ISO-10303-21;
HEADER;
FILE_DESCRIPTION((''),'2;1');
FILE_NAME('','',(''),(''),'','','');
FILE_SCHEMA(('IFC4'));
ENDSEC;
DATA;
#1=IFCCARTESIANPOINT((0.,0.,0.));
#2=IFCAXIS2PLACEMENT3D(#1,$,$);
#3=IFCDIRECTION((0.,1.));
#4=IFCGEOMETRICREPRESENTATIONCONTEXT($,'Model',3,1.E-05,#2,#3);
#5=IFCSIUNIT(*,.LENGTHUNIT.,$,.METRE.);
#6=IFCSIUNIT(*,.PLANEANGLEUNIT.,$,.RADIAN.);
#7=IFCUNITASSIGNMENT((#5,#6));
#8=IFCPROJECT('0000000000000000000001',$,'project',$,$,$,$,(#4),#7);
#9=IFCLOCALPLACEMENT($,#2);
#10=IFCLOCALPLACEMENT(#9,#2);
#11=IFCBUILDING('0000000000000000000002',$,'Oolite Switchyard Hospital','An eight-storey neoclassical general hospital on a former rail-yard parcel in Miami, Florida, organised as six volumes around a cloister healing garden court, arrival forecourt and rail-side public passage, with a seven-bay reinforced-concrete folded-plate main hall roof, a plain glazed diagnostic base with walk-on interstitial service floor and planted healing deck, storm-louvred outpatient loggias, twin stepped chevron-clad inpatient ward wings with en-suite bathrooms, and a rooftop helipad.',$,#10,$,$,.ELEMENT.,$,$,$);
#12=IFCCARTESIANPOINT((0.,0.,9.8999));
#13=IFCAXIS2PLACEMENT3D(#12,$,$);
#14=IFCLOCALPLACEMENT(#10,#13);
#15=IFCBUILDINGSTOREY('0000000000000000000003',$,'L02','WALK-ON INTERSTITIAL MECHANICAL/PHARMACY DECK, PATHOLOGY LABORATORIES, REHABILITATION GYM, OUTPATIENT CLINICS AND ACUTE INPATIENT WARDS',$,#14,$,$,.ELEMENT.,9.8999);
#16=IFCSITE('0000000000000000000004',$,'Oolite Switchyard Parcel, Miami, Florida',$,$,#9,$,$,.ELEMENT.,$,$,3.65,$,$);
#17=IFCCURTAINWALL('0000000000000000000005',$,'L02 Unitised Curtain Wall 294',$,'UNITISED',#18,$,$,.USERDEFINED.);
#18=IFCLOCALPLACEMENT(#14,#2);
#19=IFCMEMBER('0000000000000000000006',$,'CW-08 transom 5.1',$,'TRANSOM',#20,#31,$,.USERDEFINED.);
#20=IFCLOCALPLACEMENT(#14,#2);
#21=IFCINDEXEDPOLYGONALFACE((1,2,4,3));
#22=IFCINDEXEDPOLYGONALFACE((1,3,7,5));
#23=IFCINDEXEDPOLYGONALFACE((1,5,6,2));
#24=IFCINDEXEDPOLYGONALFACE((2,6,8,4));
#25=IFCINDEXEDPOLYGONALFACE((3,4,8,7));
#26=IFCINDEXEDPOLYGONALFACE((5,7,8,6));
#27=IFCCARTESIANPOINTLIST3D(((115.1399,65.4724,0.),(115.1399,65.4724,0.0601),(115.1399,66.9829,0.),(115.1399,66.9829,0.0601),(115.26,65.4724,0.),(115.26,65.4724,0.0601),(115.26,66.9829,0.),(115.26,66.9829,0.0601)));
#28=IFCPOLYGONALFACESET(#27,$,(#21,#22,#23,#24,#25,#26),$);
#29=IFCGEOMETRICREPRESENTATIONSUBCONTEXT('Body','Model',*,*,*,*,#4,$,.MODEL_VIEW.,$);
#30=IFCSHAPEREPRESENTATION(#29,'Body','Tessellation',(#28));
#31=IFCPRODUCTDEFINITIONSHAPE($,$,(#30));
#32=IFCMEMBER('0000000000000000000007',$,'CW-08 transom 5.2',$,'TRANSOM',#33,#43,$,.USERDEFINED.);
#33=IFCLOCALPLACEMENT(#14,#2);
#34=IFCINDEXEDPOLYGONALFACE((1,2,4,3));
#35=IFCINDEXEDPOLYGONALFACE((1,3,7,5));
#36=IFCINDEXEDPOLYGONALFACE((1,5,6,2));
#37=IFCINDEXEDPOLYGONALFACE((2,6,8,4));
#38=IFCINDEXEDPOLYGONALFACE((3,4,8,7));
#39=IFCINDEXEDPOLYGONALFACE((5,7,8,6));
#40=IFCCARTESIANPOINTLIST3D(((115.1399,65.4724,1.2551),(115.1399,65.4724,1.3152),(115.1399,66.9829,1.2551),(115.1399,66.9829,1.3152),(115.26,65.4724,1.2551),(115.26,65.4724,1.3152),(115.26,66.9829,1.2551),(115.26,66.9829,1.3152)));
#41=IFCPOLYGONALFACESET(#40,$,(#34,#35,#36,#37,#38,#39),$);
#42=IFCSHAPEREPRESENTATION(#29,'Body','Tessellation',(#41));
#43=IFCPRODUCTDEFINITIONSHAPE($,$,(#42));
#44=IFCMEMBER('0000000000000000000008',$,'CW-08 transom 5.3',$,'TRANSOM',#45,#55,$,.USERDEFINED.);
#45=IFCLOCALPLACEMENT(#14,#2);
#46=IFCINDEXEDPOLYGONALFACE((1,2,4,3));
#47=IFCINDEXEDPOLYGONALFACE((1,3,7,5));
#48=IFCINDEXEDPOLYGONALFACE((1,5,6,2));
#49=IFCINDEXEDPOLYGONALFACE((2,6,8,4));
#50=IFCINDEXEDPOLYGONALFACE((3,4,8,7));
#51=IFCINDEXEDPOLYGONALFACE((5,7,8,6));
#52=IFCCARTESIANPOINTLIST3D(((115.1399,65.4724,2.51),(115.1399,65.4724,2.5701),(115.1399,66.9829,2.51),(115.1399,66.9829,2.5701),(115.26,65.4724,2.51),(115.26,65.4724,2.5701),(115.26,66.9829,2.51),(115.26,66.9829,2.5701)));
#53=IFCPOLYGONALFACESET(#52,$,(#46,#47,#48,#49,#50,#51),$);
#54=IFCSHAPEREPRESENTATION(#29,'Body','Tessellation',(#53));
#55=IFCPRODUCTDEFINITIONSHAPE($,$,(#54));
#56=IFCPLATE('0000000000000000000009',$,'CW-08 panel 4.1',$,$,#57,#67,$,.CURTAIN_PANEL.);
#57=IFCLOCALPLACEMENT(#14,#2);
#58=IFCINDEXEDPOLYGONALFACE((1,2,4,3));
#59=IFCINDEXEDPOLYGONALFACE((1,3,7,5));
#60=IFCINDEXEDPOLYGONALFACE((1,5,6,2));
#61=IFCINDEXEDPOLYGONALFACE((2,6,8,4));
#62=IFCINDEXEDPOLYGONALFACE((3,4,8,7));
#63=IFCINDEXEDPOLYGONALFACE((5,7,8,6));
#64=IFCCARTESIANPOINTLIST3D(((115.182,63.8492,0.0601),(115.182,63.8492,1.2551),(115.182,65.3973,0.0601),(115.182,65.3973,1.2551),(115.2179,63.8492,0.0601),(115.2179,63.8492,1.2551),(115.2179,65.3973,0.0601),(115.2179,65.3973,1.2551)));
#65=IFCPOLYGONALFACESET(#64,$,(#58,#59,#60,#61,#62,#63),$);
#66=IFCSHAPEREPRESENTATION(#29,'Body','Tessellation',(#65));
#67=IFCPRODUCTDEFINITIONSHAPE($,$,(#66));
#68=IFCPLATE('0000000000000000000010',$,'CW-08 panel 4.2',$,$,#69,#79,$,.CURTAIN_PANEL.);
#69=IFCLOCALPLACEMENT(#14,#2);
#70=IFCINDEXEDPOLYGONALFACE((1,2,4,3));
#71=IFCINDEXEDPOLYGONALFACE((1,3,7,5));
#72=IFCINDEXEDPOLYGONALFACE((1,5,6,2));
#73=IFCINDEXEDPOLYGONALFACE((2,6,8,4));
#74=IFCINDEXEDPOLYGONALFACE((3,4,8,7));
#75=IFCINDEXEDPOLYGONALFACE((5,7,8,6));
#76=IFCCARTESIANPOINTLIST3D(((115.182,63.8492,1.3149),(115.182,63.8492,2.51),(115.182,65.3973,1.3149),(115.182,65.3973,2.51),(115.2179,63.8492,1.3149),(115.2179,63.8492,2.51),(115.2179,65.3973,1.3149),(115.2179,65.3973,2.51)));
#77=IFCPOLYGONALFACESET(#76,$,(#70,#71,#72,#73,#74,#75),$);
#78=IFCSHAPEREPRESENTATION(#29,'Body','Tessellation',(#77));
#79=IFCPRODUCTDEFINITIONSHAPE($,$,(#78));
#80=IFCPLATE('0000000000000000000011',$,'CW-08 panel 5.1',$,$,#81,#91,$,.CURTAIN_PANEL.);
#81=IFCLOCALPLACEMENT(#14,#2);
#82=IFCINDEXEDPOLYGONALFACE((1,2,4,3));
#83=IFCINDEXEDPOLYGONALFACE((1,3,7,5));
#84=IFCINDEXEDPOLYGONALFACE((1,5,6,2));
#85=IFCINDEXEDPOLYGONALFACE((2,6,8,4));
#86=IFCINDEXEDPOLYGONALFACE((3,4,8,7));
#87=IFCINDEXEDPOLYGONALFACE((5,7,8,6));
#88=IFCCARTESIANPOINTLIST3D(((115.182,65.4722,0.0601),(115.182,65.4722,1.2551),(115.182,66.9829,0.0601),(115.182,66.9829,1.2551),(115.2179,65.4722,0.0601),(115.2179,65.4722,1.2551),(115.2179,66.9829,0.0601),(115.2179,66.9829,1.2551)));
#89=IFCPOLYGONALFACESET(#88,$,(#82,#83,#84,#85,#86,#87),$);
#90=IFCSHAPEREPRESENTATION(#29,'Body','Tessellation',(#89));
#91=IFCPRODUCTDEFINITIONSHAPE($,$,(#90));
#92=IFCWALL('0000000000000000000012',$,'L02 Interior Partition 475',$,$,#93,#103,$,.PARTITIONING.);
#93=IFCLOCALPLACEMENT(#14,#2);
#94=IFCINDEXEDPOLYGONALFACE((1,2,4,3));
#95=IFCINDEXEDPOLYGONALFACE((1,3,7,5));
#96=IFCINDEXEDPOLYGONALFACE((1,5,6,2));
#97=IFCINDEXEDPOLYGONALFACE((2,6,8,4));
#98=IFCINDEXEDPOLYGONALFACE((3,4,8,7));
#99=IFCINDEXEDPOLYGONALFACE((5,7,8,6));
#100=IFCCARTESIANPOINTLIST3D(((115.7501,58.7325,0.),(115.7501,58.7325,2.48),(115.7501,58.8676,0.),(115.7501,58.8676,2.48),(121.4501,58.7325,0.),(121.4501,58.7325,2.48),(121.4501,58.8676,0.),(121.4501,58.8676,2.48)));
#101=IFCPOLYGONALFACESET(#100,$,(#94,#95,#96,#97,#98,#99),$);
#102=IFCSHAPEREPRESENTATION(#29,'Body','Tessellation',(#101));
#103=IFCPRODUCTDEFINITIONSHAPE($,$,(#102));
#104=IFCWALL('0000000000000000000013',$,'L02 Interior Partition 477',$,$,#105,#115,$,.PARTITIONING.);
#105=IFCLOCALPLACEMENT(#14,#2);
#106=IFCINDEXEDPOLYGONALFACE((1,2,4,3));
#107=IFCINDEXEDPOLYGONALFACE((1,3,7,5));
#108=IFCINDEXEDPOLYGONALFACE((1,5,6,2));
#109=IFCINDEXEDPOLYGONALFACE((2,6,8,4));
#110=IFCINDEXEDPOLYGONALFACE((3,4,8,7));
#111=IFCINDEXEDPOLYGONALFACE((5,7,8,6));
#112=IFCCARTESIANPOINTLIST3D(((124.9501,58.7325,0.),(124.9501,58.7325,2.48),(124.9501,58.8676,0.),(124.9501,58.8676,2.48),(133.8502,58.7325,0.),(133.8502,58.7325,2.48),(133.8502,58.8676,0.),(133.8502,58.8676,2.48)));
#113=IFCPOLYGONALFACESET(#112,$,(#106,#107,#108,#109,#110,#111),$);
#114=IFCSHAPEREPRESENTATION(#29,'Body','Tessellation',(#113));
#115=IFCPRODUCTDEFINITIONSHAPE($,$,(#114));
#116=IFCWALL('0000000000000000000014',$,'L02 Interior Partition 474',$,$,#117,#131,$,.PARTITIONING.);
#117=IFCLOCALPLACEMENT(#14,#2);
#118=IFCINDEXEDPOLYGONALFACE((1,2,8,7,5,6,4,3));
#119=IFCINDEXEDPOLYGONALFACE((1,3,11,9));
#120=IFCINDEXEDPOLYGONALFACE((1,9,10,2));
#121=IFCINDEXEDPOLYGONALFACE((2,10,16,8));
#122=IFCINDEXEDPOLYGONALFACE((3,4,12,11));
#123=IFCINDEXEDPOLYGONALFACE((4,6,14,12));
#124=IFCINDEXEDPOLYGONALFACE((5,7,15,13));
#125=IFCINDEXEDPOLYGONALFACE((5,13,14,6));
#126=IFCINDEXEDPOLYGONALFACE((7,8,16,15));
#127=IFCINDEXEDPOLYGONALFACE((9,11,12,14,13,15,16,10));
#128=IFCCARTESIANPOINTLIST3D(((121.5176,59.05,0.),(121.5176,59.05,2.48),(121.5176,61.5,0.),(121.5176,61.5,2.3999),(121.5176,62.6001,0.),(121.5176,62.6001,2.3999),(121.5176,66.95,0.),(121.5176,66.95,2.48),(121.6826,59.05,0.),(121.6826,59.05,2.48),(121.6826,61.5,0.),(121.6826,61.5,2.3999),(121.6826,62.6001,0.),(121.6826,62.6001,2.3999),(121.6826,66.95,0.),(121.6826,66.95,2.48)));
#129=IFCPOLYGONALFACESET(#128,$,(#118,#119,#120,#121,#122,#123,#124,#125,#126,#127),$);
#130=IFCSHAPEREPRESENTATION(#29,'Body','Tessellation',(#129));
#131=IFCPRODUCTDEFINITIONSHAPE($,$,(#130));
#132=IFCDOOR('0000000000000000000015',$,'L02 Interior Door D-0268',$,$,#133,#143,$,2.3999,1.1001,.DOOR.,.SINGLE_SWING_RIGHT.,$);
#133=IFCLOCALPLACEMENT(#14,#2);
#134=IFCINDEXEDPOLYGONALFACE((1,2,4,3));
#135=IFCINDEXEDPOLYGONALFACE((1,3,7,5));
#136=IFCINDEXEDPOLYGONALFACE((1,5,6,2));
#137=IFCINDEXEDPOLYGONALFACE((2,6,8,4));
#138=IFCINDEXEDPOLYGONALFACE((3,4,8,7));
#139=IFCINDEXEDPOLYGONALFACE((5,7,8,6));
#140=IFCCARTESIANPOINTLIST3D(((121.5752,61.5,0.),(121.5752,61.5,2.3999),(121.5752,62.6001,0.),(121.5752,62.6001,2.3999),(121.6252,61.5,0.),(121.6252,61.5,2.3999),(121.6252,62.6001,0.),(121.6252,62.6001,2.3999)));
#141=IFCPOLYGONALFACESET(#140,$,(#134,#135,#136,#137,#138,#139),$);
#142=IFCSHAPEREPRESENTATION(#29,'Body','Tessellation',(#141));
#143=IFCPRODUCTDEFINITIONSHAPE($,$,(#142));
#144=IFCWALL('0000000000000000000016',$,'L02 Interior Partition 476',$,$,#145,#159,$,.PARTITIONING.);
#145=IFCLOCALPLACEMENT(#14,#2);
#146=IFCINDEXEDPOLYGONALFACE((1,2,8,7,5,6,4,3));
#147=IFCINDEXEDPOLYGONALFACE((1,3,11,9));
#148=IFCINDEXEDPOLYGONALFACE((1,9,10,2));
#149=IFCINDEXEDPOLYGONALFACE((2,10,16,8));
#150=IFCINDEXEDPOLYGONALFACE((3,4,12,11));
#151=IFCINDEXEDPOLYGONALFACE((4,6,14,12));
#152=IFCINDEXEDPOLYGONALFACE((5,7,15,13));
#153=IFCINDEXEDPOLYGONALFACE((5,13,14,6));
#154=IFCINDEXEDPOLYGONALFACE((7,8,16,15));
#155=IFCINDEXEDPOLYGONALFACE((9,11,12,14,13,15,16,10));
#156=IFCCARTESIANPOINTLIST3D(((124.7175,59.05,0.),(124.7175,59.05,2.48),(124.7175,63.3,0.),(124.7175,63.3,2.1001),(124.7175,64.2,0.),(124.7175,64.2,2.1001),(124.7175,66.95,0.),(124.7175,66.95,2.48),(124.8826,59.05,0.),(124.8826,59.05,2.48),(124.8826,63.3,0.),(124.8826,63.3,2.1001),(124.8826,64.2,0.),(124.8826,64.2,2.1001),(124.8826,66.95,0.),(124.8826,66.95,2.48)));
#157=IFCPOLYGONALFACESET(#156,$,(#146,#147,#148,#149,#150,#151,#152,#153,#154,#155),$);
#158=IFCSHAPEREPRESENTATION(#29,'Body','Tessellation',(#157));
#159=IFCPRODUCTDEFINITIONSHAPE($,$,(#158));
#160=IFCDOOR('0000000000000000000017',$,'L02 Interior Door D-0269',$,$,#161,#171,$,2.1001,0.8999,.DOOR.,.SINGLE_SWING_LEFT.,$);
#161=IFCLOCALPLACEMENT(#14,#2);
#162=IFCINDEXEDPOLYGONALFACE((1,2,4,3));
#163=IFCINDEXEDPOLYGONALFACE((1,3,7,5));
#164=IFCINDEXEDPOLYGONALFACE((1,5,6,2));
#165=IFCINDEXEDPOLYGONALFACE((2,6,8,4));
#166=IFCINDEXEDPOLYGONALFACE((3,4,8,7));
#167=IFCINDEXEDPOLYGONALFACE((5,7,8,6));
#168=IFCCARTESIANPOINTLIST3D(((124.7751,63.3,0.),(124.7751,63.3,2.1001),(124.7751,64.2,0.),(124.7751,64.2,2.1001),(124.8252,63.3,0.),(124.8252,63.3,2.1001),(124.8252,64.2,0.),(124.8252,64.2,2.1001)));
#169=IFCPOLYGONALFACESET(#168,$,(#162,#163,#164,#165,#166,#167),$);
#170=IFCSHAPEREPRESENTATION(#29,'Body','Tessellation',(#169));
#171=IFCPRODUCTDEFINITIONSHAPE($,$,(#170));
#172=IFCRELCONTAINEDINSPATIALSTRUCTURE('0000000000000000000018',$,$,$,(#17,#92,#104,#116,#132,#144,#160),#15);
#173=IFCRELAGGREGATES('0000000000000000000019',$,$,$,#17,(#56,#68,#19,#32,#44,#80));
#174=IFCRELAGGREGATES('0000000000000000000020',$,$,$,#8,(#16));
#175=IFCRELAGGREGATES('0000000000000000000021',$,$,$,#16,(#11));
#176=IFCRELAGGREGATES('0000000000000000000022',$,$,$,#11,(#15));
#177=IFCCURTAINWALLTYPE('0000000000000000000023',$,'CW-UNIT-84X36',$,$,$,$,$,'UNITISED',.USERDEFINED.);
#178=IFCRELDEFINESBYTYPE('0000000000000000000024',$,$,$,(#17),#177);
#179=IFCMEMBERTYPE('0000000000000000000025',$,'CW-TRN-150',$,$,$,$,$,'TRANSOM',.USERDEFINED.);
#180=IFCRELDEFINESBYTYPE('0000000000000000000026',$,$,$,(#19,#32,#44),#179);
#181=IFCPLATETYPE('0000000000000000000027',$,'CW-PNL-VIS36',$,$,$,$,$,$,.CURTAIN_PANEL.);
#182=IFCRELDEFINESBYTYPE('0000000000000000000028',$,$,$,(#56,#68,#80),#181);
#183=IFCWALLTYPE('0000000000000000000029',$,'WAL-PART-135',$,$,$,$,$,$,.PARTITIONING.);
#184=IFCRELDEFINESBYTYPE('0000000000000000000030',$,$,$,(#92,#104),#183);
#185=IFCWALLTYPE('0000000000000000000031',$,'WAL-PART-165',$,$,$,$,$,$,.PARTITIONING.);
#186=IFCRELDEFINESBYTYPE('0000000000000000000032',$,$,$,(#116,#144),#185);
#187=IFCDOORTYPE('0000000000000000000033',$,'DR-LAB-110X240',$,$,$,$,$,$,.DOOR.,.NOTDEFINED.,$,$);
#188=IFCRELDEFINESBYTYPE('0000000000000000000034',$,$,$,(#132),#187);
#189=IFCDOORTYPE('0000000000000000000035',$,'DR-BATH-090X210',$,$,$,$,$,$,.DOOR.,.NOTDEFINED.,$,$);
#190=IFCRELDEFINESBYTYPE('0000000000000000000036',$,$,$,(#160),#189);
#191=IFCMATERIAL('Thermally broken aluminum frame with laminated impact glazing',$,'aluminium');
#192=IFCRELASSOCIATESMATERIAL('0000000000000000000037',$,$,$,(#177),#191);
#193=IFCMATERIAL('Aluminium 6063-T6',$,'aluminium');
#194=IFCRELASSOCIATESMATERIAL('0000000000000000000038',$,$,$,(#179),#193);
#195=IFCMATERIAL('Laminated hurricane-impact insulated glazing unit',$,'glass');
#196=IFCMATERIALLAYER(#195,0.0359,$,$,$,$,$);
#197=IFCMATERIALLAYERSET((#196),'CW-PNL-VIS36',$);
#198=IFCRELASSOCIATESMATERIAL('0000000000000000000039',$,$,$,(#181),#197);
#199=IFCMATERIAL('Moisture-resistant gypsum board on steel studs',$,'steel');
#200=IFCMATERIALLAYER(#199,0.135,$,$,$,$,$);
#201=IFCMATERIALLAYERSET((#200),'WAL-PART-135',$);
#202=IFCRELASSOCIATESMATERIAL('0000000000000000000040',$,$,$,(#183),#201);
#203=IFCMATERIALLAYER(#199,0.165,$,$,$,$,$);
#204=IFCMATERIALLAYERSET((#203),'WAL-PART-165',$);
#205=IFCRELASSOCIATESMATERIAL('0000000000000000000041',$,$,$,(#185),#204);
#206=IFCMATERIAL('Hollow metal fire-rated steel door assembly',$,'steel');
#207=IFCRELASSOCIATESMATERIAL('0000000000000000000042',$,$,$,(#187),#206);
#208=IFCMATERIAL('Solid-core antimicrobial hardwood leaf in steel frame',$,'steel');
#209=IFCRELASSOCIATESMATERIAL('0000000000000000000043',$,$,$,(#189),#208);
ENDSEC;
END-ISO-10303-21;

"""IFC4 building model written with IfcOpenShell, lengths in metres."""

from ifc_helpers import new_model, si_unit, direction, frame, frame_2d, origin, origin_2d, place, context, subcontext, project, spatial, rectangle, extrude, material, layer, layer_set, material_profile, profile_set, type_object, element, fill, aggregate, save


model = new_model("IFC4")

# Units and contexts
model_context = context("Model", 3, precision=1e-05, world=origin(), true_north=direction((0.0, 1.0)))
body_context = subcontext(model_context, "Body", "Model", "MODEL_VIEW")
ifc_project = project(units=[si_unit("LENGTHUNIT", "METRE"), si_unit("PLANEANGLEUNIT", "RADIAN")], contexts=[model_context])

# Site, building, storey
site_placement = place(None, origin())
site = spatial("IfcSite", under=ifc_project, at=site_placement, Name="Oolite Switchyard Parcel, Miami, Florida", CompositionType="ELEMENT", RefElevation=3.65)
building_placement = place(site_placement, origin())
building = spatial("IfcBuilding", under=site, at=building_placement, Name="Oolite Switchyard Hospital", Description="An eight-storey neoclassical general hospital on a former rail-yard parcel in Miami, Florida, organised as six volumes around a cloister healing garden court, arrival forecourt and rail-side public passage, with a seven-bay reinforced-concrete folded-plate main hall roof, a plain glazed diagnostic base with walk-on interstitial service floor and planted healing deck, storm-louvred outpatient loggias, twin stepped chevron-clad inpatient ward wings with en-suite bathrooms, and a rooftop helipad.", CompositionType="ELEMENT")
storey_placement = place(building_placement, frame((0.0, 0.0, 9.8999)))
storey = spatial("IfcBuildingStorey", under=building, at=storey_placement, Name="L02", Description="WALK-ON INTERSTITIAL MECHANICAL/PHARMACY DECK, PATHOLOGY LABORATORIES, REHABILITATION GYM, OUTPATIENT CLINICS AND ACUTE INPATIENT WARDS", CompositionType="ELEMENT", Elevation=9.8999)

# Curtain wall, members, plates
ifc_material_1 = material(Name="Thermally broken aluminum frame with laminated impact glazing", Category="aluminium")
curtain_wall_type = type_object("IfcCurtainWallType", Name="CW-UNIT-84X36", ElementType="UNITISED", PredefinedType="USERDEFINED", material=ifc_material_1)
curtain_wall_placement = place(storey_placement, origin())
curtain_wall = element("IfcCurtainWall", 1, at=curtain_wall_placement, inside=storey, type_object=curtain_wall_type, Name="L02 Unitised Curtain Wall 294", ObjectType="UNITISED", PredefinedType="USERDEFINED")
ifc_material_2 = material(Name="Aluminium 6063-T6", Category="aluminium")
ifc_material_profile_1 = material_profile(ifc_material_2, rectangle(XDim=0.1201, YDim=0.0601, at=origin_2d()), Name="CWT60X120")
ifc_profile_set_1 = profile_set([ifc_material_profile_1], Name="Aluminium 6063-T6")
member_type_1 = type_object("IfcMemberType", Name="CW-TRN-150", ElementType="TRANSOM", PredefinedType="USERDEFINED", material=ifc_profile_set_1)
member_1_placement = place(storey_placement, frame((115.2, 65.4724, 0.03), z_axis=(0.0, 1.0, 0.0), x_axis=(-1.0, 0.0, 0.0)))
member_1 = element("IfcMember", 2, at=member_1_placement, type_object=member_type_1, Name="CW-08 transom 5.1", ObjectType="TRANSOM", PredefinedType="USERDEFINED", context=body_context, shape_type="SweptSolid", body=[
    extrude(rectangle(XDim=0.1201, YDim=0.0601, at=origin_2d()), origin(), (0.0, 0.0, 1.0), 1.5105),
])
member_2_placement = place(storey_placement, frame((115.2, 65.4724, 1.2852), z_axis=(0.0, 1.0, 0.0), x_axis=(-1.0, 0.0, 0.0)))
member_2 = element("IfcMember", 3, at=member_2_placement, type_object=member_type_1, Name="CW-08 transom 5.2", ObjectType="TRANSOM", PredefinedType="USERDEFINED", context=body_context, shape_type="SweptSolid", body=[
    extrude(rectangle(XDim=0.1201, YDim=0.0601, at=origin_2d()), origin(), (0.0, 0.0, 1.0), 1.5105),
])
member_3_placement = place(storey_placement, frame((115.2, 65.4724, 2.54), z_axis=(0.0, 1.0, 0.0), x_axis=(-1.0, 0.0, 0.0)))
member_3 = element("IfcMember", 4, at=member_3_placement, type_object=member_type_1, Name="CW-08 transom 5.3", ObjectType="TRANSOM", PredefinedType="USERDEFINED", context=body_context, shape_type="SweptSolid", body=[
    extrude(rectangle(XDim=0.1201, YDim=0.0601, at=origin_2d()), origin(), (0.0, 0.0, 1.0), 1.5105),
])
ifc_material_3 = material(Name="Laminated hurricane-impact insulated glazing unit", Category="glass")
ifc_layer_1 = layer(ifc_material_3, 0.0359)
ifc_layer_set_1 = layer_set([ifc_layer_1], Name="CW-PNL-VIS36")
plate_type = type_object("IfcPlateType", Name="CW-PNL-VIS36", PredefinedType="CURTAIN_PANEL", material=ifc_layer_set_1)
plate_1_placement = place(storey_placement, frame((115.2, 64.6233, 0.0601), z_axis=(0.0, 0.0, 1.0), x_axis=(0.0, 1.0, 0.0)))
plate_1 = element("IfcPlate", 5, at=plate_1_placement, type_object=plate_type, Name="CW-08 panel 4.1", PredefinedType="CURTAIN_PANEL", context=body_context, shape_type="SweptSolid", body=[
    extrude(rectangle(XDim=1.5481, YDim=0.0359, at=origin_2d()), origin(), (0.0, 0.0, 1.0), 1.1951),
])
plate_2_placement = place(storey_placement, frame((115.2, 64.6233, 1.3149), z_axis=(0.0, 0.0, 1.0), x_axis=(0.0, 1.0, 0.0)))
plate_2 = element("IfcPlate", 6, at=plate_2_placement, type_object=plate_type, Name="CW-08 panel 4.2", PredefinedType="CURTAIN_PANEL", context=body_context, shape_type="SweptSolid", body=[
    extrude(rectangle(XDim=1.5481, YDim=0.0359, at=origin_2d()), origin(), (0.0, 0.0, 1.0), 1.1951),
])
plate_3_placement = place(storey_placement, frame((115.2, 66.2275, 0.0601), z_axis=(0.0, 0.0, 1.0), x_axis=(0.0, 1.0, 0.0)))
plate_3 = element("IfcPlate", 7, at=plate_3_placement, type_object=plate_type, Name="CW-08 panel 5.1", PredefinedType="CURTAIN_PANEL", context=body_context, shape_type="SweptSolid", body=[
    extrude(rectangle(XDim=1.5107, YDim=0.0359, at=origin_2d()), origin(), (0.0, 0.0, 1.0), 1.1951),
])
aggregate(curtain_wall, [plate_1, plate_2, member_1, member_2, member_3, plate_3])

# Walls
ifc_material_4 = material(Name="Moisture-resistant gypsum board on steel studs", Category="steel")
ifc_layer_2 = layer(ifc_material_4, 0.135)
ifc_layer_set_2 = layer_set([ifc_layer_2], Name="WAL-PART-135")
wall_type_1 = type_object("IfcWallType", Name="WAL-PART-135", PredefinedType="PARTITIONING", material=ifc_layer_set_2)
wall_1_placement = place(storey_placement, frame((115.75, 58.8, 0.0), z_axis=(0.0, 0.0, 1.0), x_axis=(1.0, 0.0, 0.0)))
element("IfcWall", 8, at=wall_1_placement, inside=storey, type_object=wall_type_1, Name="L02 Interior Partition 475", PredefinedType="PARTITIONING", context=body_context, shape_type="SweptSolid", body=[
    extrude(rectangle(XDim=5.7, YDim=0.135, at=frame_2d((2.8501, 0.0))), origin(), (0.0, 0.0, 1.0), 2.48),
])
wall_2_placement = place(storey_placement, frame((124.95, 58.8, 0.0), z_axis=(0.0, 0.0, 1.0), x_axis=(1.0, 0.0, 0.0)))
element("IfcWall", 9, at=wall_2_placement, inside=storey, type_object=wall_type_1, Name="L02 Interior Partition 477", PredefinedType="PARTITIONING", context=body_context, shape_type="SweptSolid", body=[
    extrude(rectangle(XDim=8.9001, YDim=0.135, at=frame_2d((4.4502, 0.0))), origin(), (0.0, 0.0, 1.0), 2.48),
])

# Walls, openings, doors
ifc_layer_3 = layer(ifc_material_4, 0.165)
ifc_layer_set_3 = layer_set([ifc_layer_3], Name="WAL-PART-165")
wall_type_2 = type_object("IfcWallType", Name="WAL-PART-165", PredefinedType="PARTITIONING", material=ifc_layer_set_3)
wall_3_placement = place(storey_placement, frame((121.6001, 59.05, 0.0), z_axis=(0.0, 0.0, 1.0), x_axis=(0.0, 1.0, 0.0)))
wall_3 = element("IfcWall", 10, at=wall_3_placement, inside=storey, type_object=wall_type_2, Name="L02 Interior Partition 474", PredefinedType="PARTITIONING", context=body_context, shape_type="SweptSolid", body=[
    extrude(rectangle(XDim=7.8999, YDim=0.165, at=frame_2d((3.95, 0.0))), origin(), (0.0, 0.0, 1.0), 2.48),
])
opening_1_placement = place(wall_3_placement, frame((2.45, 0.0, 0.0)))
opening_1 = element("IfcOpeningElement", 11, at=opening_1_placement, cuts=wall_3, PredefinedType="OPENING", context=body_context, shape_type="SweptSolid", body=[
    extrude(rectangle(XDim=1.1001, YDim=2.3999, at=frame_2d((0.55, 1.2))), frame((0.0, 0.0925, 0.0), z_axis=(0.0, -1.0, 0.0), x_axis=(1.0, 0.0, 0.0)), (0.0, 0.0, 1.0), 0.1851),
])
ifc_material_5 = material(Name="Hollow metal fire-rated steel door assembly", Category="steel")
door_type_1 = type_object("IfcDoorType", Name="DR-LAB-110X240", OperationType="NOTDEFINED", PredefinedType="DOOR", material=ifc_material_5)
door_1_placement = place(opening_1_placement, origin())
door_1 = element("IfcDoor", 12, at=door_1_placement, inside=storey, type_object=door_type_1, Name="L02 Interior Door D-0268", OperationType="SINGLE_SWING_RIGHT", OverallHeight=2.3999, OverallWidth=1.1001, PredefinedType="DOOR", context=body_context, shape_type="SweptSolid", body=[
    extrude(rectangle(XDim=1.1001, YDim=2.3999, at=frame_2d((0.55, 1.2))), frame((0.0, 0.0249, 0.0), z_axis=(0.0, -1.0, 0.0), x_axis=(1.0, 0.0, 0.0)), (0.0, 0.0, 1.0), 0.05),
])
fill(opening_1, door_1)
wall_4_placement = place(storey_placement, frame((124.8, 59.05, 0.0), z_axis=(0.0, 0.0, 1.0), x_axis=(0.0, 1.0, 0.0)))
wall_4 = element("IfcWall", 13, at=wall_4_placement, inside=storey, type_object=wall_type_2, Name="L02 Interior Partition 476", PredefinedType="PARTITIONING", context=body_context, shape_type="SweptSolid", body=[
    extrude(rectangle(XDim=7.8999, YDim=0.165, at=frame_2d((3.95, 0.0))), origin(), (0.0, 0.0, 1.0), 2.48),
])
opening_2_placement = place(wall_4_placement, frame((4.25, 0.0, 0.0)))
opening_2 = element("IfcOpeningElement", 14, at=opening_2_placement, cuts=wall_4, PredefinedType="OPENING", context=body_context, shape_type="SweptSolid", body=[
    extrude(rectangle(XDim=0.8999, YDim=2.1001, at=frame_2d((0.45, 1.05))), frame((0.0, 0.0925, 0.0), z_axis=(0.0, -1.0, 0.0), x_axis=(1.0, 0.0, 0.0)), (0.0, 0.0, 1.0), 0.1851),
])
ifc_material_6 = material(Name="Solid-core antimicrobial hardwood leaf in steel frame", Category="steel")
door_type_2 = type_object("IfcDoorType", Name="DR-BATH-090X210", OperationType="NOTDEFINED", PredefinedType="DOOR", material=ifc_material_6)
door_2_placement = place(opening_2_placement, origin())
door_2 = element("IfcDoor", 15, at=door_2_placement, inside=storey, type_object=door_type_2, Name="L02 Interior Door D-0269", OperationType="SINGLE_SWING_LEFT", OverallHeight=2.1001, OverallWidth=0.8999, PredefinedType="DOOR", context=body_context, shape_type="SweptSolid", body=[
    extrude(rectangle(XDim=0.8999, YDim=2.1001, at=frame_2d((0.45, 1.05))), frame((0.0, 0.0249, 0.0), z_axis=(0.0, -1.0, 0.0), x_axis=(1.0, 0.0, 0.0)), (0.0, 0.0, 1.0), 0.05),
])
fill(opening_2, door_2)

save(model, "model.ifc")
